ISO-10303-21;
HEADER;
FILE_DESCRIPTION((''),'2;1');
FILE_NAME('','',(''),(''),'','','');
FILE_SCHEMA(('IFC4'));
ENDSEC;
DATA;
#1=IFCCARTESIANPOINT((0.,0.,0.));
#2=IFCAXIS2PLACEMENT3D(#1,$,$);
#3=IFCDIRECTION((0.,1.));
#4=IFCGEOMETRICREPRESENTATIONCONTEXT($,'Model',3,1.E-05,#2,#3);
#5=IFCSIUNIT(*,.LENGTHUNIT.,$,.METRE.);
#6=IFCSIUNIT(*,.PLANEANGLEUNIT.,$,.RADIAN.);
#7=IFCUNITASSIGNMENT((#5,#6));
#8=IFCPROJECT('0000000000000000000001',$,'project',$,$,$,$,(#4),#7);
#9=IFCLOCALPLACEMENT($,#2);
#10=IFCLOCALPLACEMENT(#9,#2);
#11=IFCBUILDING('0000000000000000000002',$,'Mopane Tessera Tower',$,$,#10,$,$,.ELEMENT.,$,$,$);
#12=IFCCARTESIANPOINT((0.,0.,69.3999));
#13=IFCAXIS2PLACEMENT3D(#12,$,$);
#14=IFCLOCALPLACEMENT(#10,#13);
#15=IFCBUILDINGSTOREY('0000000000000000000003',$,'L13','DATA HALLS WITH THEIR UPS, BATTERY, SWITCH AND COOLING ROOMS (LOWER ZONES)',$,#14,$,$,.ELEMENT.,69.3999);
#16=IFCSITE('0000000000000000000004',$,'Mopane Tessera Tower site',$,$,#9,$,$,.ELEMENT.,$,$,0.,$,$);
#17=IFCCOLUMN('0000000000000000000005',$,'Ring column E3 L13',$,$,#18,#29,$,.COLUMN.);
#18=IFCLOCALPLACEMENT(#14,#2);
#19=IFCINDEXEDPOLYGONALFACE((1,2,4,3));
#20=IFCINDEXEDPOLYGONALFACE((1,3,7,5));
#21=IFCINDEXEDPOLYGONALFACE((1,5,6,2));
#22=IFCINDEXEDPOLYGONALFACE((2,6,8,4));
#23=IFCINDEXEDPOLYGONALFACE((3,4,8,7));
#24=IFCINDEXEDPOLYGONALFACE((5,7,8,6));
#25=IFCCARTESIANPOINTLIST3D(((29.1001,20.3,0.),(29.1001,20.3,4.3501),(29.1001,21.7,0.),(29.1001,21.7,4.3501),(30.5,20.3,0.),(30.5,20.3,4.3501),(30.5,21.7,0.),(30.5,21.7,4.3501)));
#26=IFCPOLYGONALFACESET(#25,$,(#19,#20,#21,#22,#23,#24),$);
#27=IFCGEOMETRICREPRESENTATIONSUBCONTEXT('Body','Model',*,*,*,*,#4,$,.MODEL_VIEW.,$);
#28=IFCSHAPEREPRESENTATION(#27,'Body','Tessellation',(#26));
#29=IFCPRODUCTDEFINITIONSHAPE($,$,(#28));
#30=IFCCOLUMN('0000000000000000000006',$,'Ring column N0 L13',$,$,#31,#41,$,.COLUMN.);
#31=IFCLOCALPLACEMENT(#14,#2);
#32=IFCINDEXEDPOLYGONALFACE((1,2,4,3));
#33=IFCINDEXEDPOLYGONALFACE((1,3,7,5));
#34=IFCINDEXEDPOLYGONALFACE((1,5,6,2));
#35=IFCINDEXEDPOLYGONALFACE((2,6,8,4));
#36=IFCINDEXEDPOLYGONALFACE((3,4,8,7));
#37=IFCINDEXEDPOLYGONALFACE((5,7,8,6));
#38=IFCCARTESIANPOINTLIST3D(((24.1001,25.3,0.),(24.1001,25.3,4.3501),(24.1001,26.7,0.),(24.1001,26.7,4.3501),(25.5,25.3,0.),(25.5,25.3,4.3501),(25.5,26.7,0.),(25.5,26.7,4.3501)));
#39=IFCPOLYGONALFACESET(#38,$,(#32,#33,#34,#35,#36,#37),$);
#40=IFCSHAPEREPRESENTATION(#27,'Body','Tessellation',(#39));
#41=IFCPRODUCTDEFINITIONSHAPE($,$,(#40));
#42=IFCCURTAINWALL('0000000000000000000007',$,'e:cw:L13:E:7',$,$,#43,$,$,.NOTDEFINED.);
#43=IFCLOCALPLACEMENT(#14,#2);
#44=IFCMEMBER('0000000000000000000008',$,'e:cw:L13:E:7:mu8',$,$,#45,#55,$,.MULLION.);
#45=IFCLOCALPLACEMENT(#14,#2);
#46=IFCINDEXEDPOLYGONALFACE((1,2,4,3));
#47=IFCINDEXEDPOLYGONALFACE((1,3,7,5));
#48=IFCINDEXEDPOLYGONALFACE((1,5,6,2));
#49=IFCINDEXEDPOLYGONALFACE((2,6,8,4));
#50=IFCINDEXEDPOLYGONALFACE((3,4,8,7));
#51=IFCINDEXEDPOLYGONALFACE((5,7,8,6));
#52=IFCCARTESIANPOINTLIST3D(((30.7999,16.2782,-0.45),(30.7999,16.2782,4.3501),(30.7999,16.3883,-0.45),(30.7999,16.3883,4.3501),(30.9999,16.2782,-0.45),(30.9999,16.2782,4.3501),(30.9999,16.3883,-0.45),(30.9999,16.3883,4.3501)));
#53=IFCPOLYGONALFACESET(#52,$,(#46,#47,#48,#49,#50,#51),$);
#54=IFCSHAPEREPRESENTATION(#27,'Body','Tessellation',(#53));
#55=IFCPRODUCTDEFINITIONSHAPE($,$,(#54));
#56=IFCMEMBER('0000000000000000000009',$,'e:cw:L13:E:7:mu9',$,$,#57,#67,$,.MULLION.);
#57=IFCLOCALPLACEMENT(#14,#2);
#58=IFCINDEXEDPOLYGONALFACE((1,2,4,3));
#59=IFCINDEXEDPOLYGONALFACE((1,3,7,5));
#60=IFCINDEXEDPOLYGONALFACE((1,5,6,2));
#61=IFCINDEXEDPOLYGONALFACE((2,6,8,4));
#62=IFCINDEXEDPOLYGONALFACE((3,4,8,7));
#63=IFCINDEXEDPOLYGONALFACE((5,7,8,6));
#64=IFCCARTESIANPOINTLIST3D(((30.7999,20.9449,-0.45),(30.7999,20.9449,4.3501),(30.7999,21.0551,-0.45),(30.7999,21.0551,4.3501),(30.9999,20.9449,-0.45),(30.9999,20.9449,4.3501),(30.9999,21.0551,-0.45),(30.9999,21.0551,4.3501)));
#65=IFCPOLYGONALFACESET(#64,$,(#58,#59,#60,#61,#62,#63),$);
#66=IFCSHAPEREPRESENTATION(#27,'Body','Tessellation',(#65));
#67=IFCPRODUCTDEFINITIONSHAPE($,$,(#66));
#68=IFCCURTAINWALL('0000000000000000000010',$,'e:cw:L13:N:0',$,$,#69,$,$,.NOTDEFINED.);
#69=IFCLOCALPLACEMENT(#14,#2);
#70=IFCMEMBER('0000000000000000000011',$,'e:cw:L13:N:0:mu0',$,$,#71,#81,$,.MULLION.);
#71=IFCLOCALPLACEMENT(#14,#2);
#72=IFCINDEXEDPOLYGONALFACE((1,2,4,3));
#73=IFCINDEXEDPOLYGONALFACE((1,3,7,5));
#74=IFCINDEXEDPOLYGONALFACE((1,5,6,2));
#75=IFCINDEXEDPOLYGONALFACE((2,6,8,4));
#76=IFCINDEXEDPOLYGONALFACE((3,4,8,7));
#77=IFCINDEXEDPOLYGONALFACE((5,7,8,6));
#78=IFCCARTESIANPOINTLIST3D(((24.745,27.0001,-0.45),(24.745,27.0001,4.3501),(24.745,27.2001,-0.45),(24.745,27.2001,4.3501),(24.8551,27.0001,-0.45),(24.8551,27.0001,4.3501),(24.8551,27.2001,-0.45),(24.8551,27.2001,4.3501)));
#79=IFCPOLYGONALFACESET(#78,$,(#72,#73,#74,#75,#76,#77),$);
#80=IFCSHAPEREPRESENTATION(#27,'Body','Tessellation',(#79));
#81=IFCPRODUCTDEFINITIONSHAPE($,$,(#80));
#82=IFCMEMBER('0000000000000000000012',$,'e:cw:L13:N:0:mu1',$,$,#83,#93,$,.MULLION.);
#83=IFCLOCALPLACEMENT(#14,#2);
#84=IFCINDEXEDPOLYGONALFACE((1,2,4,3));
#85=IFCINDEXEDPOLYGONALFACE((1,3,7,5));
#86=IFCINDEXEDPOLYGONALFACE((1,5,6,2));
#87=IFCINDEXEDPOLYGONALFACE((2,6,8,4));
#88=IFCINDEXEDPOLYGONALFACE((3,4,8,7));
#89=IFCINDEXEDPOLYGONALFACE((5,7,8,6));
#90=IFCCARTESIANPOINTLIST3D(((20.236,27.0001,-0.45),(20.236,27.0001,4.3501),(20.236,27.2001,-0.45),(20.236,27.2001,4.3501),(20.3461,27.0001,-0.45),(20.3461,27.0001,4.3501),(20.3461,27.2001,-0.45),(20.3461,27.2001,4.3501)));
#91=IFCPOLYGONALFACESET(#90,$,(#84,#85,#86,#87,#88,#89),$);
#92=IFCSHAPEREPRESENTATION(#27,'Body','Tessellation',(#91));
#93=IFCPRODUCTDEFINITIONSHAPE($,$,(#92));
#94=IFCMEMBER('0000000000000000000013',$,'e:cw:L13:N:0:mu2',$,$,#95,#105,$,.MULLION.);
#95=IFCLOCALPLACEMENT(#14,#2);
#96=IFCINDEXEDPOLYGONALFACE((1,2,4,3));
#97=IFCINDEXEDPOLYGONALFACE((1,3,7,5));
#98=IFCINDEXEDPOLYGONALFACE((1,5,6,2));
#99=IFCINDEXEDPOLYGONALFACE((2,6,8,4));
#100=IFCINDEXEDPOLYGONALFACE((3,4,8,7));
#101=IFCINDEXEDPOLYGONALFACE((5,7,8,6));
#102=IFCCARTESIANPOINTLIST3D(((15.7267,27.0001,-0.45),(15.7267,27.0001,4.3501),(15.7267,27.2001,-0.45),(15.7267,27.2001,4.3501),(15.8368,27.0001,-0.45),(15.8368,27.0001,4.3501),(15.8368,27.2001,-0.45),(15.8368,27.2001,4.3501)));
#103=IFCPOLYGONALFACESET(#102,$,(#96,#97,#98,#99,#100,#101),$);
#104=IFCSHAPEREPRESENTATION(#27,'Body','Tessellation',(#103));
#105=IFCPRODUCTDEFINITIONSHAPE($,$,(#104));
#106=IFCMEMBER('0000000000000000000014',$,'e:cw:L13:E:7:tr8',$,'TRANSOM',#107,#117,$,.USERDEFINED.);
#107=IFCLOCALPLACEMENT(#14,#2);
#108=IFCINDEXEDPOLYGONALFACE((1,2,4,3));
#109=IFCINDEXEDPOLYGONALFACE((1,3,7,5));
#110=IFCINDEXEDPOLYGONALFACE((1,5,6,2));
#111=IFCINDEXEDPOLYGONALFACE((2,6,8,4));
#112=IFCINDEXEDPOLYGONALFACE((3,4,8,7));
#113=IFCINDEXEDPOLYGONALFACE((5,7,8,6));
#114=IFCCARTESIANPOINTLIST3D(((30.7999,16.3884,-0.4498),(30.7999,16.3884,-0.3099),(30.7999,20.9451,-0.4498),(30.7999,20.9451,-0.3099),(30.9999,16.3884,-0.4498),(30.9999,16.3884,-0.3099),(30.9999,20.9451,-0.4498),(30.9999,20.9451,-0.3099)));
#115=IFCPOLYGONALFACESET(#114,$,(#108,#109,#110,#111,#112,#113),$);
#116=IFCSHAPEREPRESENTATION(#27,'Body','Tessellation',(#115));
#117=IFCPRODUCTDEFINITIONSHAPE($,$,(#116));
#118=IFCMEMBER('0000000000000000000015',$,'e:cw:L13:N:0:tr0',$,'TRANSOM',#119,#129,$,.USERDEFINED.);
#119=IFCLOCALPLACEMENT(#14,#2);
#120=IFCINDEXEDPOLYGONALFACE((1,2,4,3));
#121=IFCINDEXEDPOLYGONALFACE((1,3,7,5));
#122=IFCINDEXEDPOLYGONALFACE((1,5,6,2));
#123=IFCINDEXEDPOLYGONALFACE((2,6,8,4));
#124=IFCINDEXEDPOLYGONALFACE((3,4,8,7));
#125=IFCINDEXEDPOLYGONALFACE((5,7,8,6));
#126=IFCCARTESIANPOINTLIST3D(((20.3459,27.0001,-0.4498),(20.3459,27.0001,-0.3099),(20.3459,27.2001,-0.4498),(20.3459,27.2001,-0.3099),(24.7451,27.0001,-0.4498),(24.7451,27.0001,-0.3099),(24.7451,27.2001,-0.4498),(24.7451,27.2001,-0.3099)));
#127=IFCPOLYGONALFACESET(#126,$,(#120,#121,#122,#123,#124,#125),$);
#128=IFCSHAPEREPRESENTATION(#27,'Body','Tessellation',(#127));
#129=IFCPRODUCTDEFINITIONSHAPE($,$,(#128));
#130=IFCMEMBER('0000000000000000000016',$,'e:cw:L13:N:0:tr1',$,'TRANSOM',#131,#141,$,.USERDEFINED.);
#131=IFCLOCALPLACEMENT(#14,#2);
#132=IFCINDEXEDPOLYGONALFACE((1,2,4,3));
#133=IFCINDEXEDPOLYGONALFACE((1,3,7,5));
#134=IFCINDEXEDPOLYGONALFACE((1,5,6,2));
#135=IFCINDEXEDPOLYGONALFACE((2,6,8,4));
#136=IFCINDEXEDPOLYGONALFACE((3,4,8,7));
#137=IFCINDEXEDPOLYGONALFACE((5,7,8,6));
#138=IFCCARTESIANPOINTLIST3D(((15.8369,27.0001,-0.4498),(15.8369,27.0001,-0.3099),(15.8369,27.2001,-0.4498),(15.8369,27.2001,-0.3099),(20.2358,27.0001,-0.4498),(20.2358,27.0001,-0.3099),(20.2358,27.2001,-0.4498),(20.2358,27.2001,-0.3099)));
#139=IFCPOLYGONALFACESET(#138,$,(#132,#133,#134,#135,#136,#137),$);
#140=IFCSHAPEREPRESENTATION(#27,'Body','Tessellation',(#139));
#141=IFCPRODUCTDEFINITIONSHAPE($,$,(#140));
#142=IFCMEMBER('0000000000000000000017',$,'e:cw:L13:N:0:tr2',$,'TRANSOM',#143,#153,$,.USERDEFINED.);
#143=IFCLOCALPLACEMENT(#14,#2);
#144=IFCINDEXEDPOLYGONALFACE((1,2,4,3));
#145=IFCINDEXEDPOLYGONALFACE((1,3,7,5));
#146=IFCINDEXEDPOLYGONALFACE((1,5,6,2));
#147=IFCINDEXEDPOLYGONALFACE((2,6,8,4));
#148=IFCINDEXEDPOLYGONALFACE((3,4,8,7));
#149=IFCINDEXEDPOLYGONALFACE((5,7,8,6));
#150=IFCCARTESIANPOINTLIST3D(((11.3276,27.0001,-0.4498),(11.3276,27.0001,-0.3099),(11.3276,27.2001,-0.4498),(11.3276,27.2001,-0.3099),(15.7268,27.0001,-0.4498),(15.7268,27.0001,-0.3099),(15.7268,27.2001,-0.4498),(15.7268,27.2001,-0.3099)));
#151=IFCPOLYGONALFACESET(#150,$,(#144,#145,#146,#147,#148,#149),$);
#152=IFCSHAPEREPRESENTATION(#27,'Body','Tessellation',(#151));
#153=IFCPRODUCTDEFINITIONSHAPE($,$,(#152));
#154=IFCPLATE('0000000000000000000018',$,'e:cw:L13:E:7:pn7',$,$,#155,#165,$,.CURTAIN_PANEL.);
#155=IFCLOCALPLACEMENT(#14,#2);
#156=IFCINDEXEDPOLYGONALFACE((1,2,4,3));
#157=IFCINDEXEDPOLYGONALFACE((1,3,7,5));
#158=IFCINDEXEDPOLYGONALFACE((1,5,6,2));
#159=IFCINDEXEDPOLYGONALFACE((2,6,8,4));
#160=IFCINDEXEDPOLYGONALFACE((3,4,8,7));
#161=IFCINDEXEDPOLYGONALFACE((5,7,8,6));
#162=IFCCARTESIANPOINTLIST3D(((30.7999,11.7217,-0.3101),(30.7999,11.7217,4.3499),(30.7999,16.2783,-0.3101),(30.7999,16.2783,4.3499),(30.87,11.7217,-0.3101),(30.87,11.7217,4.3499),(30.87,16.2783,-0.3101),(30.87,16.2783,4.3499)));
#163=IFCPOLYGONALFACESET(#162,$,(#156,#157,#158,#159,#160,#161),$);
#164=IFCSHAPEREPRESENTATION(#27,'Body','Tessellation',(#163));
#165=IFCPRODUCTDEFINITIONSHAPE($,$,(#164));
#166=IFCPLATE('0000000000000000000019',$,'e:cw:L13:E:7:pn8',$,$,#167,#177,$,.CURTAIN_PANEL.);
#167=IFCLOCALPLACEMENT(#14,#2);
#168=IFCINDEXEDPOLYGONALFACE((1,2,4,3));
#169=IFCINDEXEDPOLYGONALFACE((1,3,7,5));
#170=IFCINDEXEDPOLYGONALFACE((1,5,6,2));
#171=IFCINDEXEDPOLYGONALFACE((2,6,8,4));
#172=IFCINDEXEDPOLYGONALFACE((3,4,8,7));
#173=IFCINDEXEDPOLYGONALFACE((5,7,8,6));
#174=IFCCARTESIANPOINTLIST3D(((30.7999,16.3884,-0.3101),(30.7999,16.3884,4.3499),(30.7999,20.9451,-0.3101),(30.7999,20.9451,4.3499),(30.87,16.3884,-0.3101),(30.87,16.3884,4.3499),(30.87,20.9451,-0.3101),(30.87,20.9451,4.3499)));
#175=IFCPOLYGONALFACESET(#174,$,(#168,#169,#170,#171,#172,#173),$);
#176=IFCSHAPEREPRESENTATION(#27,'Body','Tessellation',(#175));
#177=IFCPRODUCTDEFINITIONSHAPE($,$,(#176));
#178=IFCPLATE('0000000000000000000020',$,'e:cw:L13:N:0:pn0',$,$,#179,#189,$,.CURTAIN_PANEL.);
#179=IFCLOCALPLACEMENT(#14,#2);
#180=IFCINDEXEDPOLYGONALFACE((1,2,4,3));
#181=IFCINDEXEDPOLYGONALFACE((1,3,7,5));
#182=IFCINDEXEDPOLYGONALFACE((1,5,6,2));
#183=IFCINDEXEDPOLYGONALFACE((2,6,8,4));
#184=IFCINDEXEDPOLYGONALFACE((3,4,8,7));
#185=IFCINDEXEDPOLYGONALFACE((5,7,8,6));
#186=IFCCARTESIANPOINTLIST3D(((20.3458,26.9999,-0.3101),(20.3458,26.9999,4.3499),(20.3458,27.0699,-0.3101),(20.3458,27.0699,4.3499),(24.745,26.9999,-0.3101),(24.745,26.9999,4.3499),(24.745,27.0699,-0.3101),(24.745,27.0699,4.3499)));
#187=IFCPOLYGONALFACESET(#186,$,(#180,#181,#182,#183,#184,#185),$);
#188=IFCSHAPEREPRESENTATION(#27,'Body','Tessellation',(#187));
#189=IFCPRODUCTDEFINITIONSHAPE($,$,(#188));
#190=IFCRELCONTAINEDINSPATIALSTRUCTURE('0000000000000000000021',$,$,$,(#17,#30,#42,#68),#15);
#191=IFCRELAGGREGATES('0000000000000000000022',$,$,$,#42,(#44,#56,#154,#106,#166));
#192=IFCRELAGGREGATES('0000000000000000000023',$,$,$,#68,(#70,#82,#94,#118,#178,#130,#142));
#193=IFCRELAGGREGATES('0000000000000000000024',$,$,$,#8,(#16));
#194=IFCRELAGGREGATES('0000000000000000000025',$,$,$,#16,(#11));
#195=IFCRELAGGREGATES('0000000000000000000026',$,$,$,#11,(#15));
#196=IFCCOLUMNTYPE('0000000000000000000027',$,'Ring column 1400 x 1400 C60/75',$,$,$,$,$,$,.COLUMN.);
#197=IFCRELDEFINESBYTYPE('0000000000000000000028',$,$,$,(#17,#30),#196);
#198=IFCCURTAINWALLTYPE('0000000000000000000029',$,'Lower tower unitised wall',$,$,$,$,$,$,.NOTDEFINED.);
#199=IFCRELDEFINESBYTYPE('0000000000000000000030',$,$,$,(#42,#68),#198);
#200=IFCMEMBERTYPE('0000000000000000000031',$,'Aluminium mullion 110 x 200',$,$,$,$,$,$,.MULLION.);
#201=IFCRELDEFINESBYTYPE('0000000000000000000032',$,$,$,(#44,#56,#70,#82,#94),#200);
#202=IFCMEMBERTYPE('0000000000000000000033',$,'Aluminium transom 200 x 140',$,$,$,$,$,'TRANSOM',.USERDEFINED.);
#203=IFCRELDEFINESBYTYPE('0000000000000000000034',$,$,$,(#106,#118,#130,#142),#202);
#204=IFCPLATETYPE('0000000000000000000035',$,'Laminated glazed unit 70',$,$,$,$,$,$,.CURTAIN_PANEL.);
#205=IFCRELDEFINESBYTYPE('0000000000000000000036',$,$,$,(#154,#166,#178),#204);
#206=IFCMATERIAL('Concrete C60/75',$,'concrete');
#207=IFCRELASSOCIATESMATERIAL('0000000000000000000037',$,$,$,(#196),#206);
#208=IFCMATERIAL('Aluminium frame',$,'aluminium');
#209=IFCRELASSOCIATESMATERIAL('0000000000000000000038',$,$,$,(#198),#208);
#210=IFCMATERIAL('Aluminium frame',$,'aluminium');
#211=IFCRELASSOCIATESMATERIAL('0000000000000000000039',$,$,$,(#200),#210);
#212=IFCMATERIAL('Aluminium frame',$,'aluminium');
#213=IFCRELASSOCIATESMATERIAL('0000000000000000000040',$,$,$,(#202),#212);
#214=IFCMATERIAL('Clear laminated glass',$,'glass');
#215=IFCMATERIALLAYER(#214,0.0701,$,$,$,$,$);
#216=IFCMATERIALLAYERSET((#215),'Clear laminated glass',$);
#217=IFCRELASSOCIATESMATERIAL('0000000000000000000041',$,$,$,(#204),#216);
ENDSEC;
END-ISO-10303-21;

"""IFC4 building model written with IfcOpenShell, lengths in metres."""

from ifc_helpers import new_model, si_unit, direction, frame, origin, origin_2d, place, context, subcontext, project, spatial, rectangle, extrude, material, layer, layer_set, material_profile, profile_set, type_object, element, aggregate, save


model = new_model("IFC4")

# Units and contexts
model_context = context("Model", 3, precision=1e-05, world=origin(), true_north=direction((0.0, 1.0)))
body_context = subcontext(model_context, "Body", "Model", "MODEL_VIEW")
ifc_project = project(units=[si_unit("LENGTHUNIT", "METRE"), si_unit("PLANEANGLEUNIT", "RADIAN")], contexts=[model_context])

# Site, building, storey
site_placement = place(None, origin())
site = spatial("IfcSite", under=ifc_project, at=site_placement, Name="Mopane Tessera Tower site", CompositionType="ELEMENT", RefElevation=0.0)
building_placement = place(site_placement, origin())
building = spatial("IfcBuilding", under=site, at=building_placement, Name="Mopane Tessera Tower", CompositionType="ELEMENT")
storey_placement = place(building_placement, frame((0.0, 0.0, 69.3999)))
storey = spatial("IfcBuildingStorey", under=building, at=storey_placement, Name="L13", Description="DATA HALLS WITH THEIR UPS, BATTERY, SWITCH AND COOLING ROOMS (LOWER ZONES)", CompositionType="ELEMENT", Elevation=69.3999)

# Columns
ifc_material_1 = material(Name="Concrete C60/75", Category="concrete")
ifc_material_profile_1 = material_profile(ifc_material_1, rectangle(XDim=1.3999, YDim=1.3999, at=origin_2d()))
ifc_profile_set_1 = profile_set([ifc_material_profile_1], Name="Concrete C60/75")
column_type = type_object("IfcColumnType", Name="Ring column 1400 x 1400 C60/75", PredefinedType="COLUMN", material=ifc_profile_set_1)
for number, where, z_axis, x_axis, name in (
    (1, (29.8, 21.0, 0.0), (0.0, 0.0, 1.0), (1.0, 0.0, 0.0), "Ring column E3 L13"),
    (2, (24.8, 26.0, 0.0), (0.0, 0.0, 1.0), (1.0, 0.0, 0.0), "Ring column N0 L13"),
):
    element("IfcColumn", number, at=place(storey_placement, frame(where, z_axis=z_axis, x_axis=x_axis)), inside=storey, type_object=column_type, Name=name, PredefinedType="COLUMN", context=body_context, shape_type="SweptSolid", body=[
        extrude(rectangle(XDim=1.3999, YDim=1.3999, at=origin_2d()), origin(), (0.0, 0.0, 1.0), 4.3501),
    ])

# Curtain walls, members
ifc_material_2 = material(Name="Aluminium frame", Category="aluminium")
curtain_wall_type = type_object("IfcCurtainWallType", Name="Lower tower unitised wall", PredefinedType="NOTDEFINED", material=ifc_material_2)
curtain_wall_1_placement = place(storey_placement, origin())
curtain_wall_1 = element("IfcCurtainWall", 3, at=curtain_wall_1_placement, inside=storey, type_object=curtain_wall_type, Name="e:cw:L13:E:7", PredefinedType="NOTDEFINED")
ifc_material_3 = material(Name="Aluminium frame", Category="aluminium")
ifc_material_profile_2 = material_profile(ifc_material_3, rectangle(XDim=0.1101, YDim=0.2, at=origin_2d()))
ifc_profile_set_2 = profile_set([ifc_material_profile_2], Name="Aluminium frame")
member_type_1 = type_object("IfcMemberType", Name="Aluminium mullion 110 x 200", PredefinedType="MULLION", material=ifc_profile_set_2)
member_1_placement = place(storey_placement, frame((30.8999, 16.3333, -0.45), z_axis=(0.0, 0.0, 1.0), x_axis=(0.0, 1.0, 0.0)))
member_1 = element("IfcMember", 4, at=member_1_placement, type_object=member_type_1, Name="e:cw:L13:E:7:mu8", PredefinedType="MULLION", context=body_context, shape_type="SweptSolid", body=[
    extrude(rectangle(XDim=0.1101, YDim=0.2, at=origin_2d()), origin(), (0.0, 0.0, 1.0), 4.8),
])
member_2_placement = place(storey_placement, frame((30.8999, 21.0, -0.45), z_axis=(0.0, 0.0, 1.0), x_axis=(0.0, 1.0, 0.0)))
member_2 = element("IfcMember", 5, at=member_2_placement, type_object=member_type_1, Name="e:cw:L13:E:7:mu9", PredefinedType="MULLION", context=body_context, shape_type="SweptSolid", body=[
    extrude(rectangle(XDim=0.1101, YDim=0.2, at=origin_2d()), origin(), (0.0, 0.0, 1.0), 4.8),
])
curtain_wall_2_placement = place(storey_placement, origin())
curtain_wall_2 = element("IfcCurtainWall", 6, at=curtain_wall_2_placement, inside=storey, type_object=curtain_wall_type, Name="e:cw:L13:N:0", PredefinedType="NOTDEFINED")
member_3_placement = place(storey_placement, frame((24.8, 27.1001, -0.45), z_axis=(0.0, 0.0, 1.0), x_axis=(-1.0, 0.0, 0.0)))
member_3 = element("IfcMember", 7, at=member_3_placement, type_object=member_type_1, Name="e:cw:L13:N:0:mu0", PredefinedType="MULLION", context=body_context, shape_type="SweptSolid", body=[
    extrude(rectangle(XDim=0.1101, YDim=0.2, at=origin_2d()), origin(), (0.0, 0.0, 1.0), 4.8),
])
member_4_placement = place(storey_placement, frame((20.291, 27.1001, -0.45), z_axis=(0.0, 0.0, 1.0), x_axis=(-1.0, 0.0, 0.0)))
member_4 = element("IfcMember", 8, at=member_4_placement, type_object=member_type_1, Name="e:cw:L13:N:0:mu1", PredefinedType="MULLION", context=body_context, shape_type="SweptSolid", body=[
    extrude(rectangle(XDim=0.1101, YDim=0.2, at=origin_2d()), origin(), (0.0, 0.0, 1.0), 4.8),
])
member_5_placement = place(storey_placement, frame((15.7817, 27.1001, -0.45), z_axis=(0.0, 0.0, 1.0), x_axis=(-1.0, 0.0, 0.0)))
member_5 = element("IfcMember", 9, at=member_5_placement, type_object=member_type_1, Name="e:cw:L13:N:0:mu2", PredefinedType="MULLION", context=body_context, shape_type="SweptSolid", body=[
    extrude(rectangle(XDim=0.1101, YDim=0.2, at=origin_2d()), origin(), (0.0, 0.0, 1.0), 4.8),
])

# Members
ifc_material_4 = material(Name="Aluminium frame", Category="aluminium")
ifc_material_profile_3 = material_profile(ifc_material_4, rectangle(XDim=0.2, YDim=0.1399, at=origin_2d()))
ifc_profile_set_3 = profile_set([ifc_material_profile_3], Name="Aluminium frame")
member_type_2 = type_object("IfcMemberType", Name="Aluminium transom 200 x 140", ElementType="TRANSOM", PredefinedType="USERDEFINED", material=ifc_profile_set_3)
member_6_placement = place(storey_placement, frame((30.8999, 16.3884, -0.3799), z_axis=(0.0, 1.0, 0.0), x_axis=(-1.0, 0.0, 0.0)))
member_6 = element("IfcMember", 10, at=member_6_placement, type_object=member_type_2, Name="e:cw:L13:E:7:tr8", ObjectType="TRANSOM", PredefinedType="USERDEFINED", context=body_context, shape_type="SweptSolid", body=[
    extrude(rectangle(XDim=0.2, YDim=0.1399, at=origin_2d()), origin(), (0.0, 0.0, 1.0), 4.5566),
])
member_7_placement = place(storey_placement, frame((24.7451, 27.1001, -0.3799), z_axis=(-1.0, 0.0, 0.0), x_axis=(0.0, -1.0, 0.0)))
member_7 = element("IfcMember", 11, at=member_7_placement, type_object=member_type_2, Name="e:cw:L13:N:0:tr0", ObjectType="TRANSOM", PredefinedType="USERDEFINED", context=body_context, shape_type="SweptSolid", body=[
    extrude(rectangle(XDim=0.2, YDim=0.1399, at=origin_2d()), origin(), (0.0, 0.0, 1.0), 4.3992),
])
member_8_placement = place(storey_placement, frame((20.2358, 27.1001, -0.3799), z_axis=(-1.0, 0.0, 0.0), x_axis=(0.0, -1.0, 0.0)))
member_8 = element("IfcMember", 12, at=member_8_placement, type_object=member_type_2, Name="e:cw:L13:N:0:tr1", ObjectType="TRANSOM", PredefinedType="USERDEFINED", context=body_context, shape_type="SweptSolid", body=[
    extrude(rectangle(XDim=0.2, YDim=0.1399, at=origin_2d()), origin(), (0.0, 0.0, 1.0), 4.3989),
])
member_9_placement = place(storey_placement, frame((15.7268, 27.1001, -0.3799), z_axis=(-1.0, 0.0, 0.0), x_axis=(0.0, -1.0, 0.0)))
member_9 = element("IfcMember", 13, at=member_9_placement, type_object=member_type_2, Name="e:cw:L13:N:0:tr2", ObjectType="TRANSOM", PredefinedType="USERDEFINED", context=body_context, shape_type="SweptSolid", body=[
    extrude(rectangle(XDim=0.2, YDim=0.1399, at=origin_2d()), origin(), (0.0, 0.0, 1.0), 4.3992),
])

# Plates
ifc_material_5 = material(Name="Clear laminated glass", Category="glass")
ifc_layer_1 = layer(ifc_material_5, 0.0701)
ifc_layer_set_1 = layer_set([ifc_layer_1], Name="Clear laminated glass")
plate_type = type_object("IfcPlateType", Name="Laminated glazed unit 70", PredefinedType="CURTAIN_PANEL", material=ifc_layer_set_1)
plate_1_placement = place(storey_placement, frame((30.835, 14.0, -0.3101), z_axis=(0.0, 0.0, 1.0), x_axis=(0.0, 1.0, 0.0)))
plate_1 = element("IfcPlate", 14, at=plate_1_placement, type_object=plate_type, Name="e:cw:L13:E:7:pn7", PredefinedType="CURTAIN_PANEL", context=body_context, shape_type="SweptSolid", body=[
    extrude(rectangle(XDim=4.5566, YDim=0.0701, at=origin_2d()), origin(), (0.0, 0.0, 1.0), 4.6599),
])
plate_2_placement = place(storey_placement, frame((30.835, 18.6667, -0.3101), z_axis=(0.0, 0.0, 1.0), x_axis=(0.0, 1.0, 0.0)))
plate_2 = element("IfcPlate", 15, at=plate_2_placement, type_object=plate_type, Name="e:cw:L13:E:7:pn8", PredefinedType="CURTAIN_PANEL", context=body_context, shape_type="SweptSolid", body=[
    extrude(rectangle(XDim=4.5566, YDim=0.0701, at=origin_2d()), origin(), (0.0, 0.0, 1.0), 4.6599),
])
aggregate(curtain_wall_1, [member_1, member_2, plate_1, member_6, plate_2])
plate_3_placement = place(storey_placement, frame((22.5454, 27.0349, -0.3101), z_axis=(0.0, 0.0, 1.0), x_axis=(-1.0, 0.0, 0.0)))
plate_3 = element("IfcPlate", 16, at=plate_3_placement, type_object=plate_type, Name="e:cw:L13:N:0:pn0", PredefinedType="CURTAIN_PANEL", context=body_context, shape_type="SweptSolid", body=[
    extrude(rectangle(XDim=4.3992, YDim=0.0701, at=origin_2d()), origin(), (0.0, 0.0, 1.0), 4.6599),
])
aggregate(curtain_wall_2, [member_3, member_4, member_5, member_7, plate_3, member_8, member_9])

save(model, "model.ifc")
